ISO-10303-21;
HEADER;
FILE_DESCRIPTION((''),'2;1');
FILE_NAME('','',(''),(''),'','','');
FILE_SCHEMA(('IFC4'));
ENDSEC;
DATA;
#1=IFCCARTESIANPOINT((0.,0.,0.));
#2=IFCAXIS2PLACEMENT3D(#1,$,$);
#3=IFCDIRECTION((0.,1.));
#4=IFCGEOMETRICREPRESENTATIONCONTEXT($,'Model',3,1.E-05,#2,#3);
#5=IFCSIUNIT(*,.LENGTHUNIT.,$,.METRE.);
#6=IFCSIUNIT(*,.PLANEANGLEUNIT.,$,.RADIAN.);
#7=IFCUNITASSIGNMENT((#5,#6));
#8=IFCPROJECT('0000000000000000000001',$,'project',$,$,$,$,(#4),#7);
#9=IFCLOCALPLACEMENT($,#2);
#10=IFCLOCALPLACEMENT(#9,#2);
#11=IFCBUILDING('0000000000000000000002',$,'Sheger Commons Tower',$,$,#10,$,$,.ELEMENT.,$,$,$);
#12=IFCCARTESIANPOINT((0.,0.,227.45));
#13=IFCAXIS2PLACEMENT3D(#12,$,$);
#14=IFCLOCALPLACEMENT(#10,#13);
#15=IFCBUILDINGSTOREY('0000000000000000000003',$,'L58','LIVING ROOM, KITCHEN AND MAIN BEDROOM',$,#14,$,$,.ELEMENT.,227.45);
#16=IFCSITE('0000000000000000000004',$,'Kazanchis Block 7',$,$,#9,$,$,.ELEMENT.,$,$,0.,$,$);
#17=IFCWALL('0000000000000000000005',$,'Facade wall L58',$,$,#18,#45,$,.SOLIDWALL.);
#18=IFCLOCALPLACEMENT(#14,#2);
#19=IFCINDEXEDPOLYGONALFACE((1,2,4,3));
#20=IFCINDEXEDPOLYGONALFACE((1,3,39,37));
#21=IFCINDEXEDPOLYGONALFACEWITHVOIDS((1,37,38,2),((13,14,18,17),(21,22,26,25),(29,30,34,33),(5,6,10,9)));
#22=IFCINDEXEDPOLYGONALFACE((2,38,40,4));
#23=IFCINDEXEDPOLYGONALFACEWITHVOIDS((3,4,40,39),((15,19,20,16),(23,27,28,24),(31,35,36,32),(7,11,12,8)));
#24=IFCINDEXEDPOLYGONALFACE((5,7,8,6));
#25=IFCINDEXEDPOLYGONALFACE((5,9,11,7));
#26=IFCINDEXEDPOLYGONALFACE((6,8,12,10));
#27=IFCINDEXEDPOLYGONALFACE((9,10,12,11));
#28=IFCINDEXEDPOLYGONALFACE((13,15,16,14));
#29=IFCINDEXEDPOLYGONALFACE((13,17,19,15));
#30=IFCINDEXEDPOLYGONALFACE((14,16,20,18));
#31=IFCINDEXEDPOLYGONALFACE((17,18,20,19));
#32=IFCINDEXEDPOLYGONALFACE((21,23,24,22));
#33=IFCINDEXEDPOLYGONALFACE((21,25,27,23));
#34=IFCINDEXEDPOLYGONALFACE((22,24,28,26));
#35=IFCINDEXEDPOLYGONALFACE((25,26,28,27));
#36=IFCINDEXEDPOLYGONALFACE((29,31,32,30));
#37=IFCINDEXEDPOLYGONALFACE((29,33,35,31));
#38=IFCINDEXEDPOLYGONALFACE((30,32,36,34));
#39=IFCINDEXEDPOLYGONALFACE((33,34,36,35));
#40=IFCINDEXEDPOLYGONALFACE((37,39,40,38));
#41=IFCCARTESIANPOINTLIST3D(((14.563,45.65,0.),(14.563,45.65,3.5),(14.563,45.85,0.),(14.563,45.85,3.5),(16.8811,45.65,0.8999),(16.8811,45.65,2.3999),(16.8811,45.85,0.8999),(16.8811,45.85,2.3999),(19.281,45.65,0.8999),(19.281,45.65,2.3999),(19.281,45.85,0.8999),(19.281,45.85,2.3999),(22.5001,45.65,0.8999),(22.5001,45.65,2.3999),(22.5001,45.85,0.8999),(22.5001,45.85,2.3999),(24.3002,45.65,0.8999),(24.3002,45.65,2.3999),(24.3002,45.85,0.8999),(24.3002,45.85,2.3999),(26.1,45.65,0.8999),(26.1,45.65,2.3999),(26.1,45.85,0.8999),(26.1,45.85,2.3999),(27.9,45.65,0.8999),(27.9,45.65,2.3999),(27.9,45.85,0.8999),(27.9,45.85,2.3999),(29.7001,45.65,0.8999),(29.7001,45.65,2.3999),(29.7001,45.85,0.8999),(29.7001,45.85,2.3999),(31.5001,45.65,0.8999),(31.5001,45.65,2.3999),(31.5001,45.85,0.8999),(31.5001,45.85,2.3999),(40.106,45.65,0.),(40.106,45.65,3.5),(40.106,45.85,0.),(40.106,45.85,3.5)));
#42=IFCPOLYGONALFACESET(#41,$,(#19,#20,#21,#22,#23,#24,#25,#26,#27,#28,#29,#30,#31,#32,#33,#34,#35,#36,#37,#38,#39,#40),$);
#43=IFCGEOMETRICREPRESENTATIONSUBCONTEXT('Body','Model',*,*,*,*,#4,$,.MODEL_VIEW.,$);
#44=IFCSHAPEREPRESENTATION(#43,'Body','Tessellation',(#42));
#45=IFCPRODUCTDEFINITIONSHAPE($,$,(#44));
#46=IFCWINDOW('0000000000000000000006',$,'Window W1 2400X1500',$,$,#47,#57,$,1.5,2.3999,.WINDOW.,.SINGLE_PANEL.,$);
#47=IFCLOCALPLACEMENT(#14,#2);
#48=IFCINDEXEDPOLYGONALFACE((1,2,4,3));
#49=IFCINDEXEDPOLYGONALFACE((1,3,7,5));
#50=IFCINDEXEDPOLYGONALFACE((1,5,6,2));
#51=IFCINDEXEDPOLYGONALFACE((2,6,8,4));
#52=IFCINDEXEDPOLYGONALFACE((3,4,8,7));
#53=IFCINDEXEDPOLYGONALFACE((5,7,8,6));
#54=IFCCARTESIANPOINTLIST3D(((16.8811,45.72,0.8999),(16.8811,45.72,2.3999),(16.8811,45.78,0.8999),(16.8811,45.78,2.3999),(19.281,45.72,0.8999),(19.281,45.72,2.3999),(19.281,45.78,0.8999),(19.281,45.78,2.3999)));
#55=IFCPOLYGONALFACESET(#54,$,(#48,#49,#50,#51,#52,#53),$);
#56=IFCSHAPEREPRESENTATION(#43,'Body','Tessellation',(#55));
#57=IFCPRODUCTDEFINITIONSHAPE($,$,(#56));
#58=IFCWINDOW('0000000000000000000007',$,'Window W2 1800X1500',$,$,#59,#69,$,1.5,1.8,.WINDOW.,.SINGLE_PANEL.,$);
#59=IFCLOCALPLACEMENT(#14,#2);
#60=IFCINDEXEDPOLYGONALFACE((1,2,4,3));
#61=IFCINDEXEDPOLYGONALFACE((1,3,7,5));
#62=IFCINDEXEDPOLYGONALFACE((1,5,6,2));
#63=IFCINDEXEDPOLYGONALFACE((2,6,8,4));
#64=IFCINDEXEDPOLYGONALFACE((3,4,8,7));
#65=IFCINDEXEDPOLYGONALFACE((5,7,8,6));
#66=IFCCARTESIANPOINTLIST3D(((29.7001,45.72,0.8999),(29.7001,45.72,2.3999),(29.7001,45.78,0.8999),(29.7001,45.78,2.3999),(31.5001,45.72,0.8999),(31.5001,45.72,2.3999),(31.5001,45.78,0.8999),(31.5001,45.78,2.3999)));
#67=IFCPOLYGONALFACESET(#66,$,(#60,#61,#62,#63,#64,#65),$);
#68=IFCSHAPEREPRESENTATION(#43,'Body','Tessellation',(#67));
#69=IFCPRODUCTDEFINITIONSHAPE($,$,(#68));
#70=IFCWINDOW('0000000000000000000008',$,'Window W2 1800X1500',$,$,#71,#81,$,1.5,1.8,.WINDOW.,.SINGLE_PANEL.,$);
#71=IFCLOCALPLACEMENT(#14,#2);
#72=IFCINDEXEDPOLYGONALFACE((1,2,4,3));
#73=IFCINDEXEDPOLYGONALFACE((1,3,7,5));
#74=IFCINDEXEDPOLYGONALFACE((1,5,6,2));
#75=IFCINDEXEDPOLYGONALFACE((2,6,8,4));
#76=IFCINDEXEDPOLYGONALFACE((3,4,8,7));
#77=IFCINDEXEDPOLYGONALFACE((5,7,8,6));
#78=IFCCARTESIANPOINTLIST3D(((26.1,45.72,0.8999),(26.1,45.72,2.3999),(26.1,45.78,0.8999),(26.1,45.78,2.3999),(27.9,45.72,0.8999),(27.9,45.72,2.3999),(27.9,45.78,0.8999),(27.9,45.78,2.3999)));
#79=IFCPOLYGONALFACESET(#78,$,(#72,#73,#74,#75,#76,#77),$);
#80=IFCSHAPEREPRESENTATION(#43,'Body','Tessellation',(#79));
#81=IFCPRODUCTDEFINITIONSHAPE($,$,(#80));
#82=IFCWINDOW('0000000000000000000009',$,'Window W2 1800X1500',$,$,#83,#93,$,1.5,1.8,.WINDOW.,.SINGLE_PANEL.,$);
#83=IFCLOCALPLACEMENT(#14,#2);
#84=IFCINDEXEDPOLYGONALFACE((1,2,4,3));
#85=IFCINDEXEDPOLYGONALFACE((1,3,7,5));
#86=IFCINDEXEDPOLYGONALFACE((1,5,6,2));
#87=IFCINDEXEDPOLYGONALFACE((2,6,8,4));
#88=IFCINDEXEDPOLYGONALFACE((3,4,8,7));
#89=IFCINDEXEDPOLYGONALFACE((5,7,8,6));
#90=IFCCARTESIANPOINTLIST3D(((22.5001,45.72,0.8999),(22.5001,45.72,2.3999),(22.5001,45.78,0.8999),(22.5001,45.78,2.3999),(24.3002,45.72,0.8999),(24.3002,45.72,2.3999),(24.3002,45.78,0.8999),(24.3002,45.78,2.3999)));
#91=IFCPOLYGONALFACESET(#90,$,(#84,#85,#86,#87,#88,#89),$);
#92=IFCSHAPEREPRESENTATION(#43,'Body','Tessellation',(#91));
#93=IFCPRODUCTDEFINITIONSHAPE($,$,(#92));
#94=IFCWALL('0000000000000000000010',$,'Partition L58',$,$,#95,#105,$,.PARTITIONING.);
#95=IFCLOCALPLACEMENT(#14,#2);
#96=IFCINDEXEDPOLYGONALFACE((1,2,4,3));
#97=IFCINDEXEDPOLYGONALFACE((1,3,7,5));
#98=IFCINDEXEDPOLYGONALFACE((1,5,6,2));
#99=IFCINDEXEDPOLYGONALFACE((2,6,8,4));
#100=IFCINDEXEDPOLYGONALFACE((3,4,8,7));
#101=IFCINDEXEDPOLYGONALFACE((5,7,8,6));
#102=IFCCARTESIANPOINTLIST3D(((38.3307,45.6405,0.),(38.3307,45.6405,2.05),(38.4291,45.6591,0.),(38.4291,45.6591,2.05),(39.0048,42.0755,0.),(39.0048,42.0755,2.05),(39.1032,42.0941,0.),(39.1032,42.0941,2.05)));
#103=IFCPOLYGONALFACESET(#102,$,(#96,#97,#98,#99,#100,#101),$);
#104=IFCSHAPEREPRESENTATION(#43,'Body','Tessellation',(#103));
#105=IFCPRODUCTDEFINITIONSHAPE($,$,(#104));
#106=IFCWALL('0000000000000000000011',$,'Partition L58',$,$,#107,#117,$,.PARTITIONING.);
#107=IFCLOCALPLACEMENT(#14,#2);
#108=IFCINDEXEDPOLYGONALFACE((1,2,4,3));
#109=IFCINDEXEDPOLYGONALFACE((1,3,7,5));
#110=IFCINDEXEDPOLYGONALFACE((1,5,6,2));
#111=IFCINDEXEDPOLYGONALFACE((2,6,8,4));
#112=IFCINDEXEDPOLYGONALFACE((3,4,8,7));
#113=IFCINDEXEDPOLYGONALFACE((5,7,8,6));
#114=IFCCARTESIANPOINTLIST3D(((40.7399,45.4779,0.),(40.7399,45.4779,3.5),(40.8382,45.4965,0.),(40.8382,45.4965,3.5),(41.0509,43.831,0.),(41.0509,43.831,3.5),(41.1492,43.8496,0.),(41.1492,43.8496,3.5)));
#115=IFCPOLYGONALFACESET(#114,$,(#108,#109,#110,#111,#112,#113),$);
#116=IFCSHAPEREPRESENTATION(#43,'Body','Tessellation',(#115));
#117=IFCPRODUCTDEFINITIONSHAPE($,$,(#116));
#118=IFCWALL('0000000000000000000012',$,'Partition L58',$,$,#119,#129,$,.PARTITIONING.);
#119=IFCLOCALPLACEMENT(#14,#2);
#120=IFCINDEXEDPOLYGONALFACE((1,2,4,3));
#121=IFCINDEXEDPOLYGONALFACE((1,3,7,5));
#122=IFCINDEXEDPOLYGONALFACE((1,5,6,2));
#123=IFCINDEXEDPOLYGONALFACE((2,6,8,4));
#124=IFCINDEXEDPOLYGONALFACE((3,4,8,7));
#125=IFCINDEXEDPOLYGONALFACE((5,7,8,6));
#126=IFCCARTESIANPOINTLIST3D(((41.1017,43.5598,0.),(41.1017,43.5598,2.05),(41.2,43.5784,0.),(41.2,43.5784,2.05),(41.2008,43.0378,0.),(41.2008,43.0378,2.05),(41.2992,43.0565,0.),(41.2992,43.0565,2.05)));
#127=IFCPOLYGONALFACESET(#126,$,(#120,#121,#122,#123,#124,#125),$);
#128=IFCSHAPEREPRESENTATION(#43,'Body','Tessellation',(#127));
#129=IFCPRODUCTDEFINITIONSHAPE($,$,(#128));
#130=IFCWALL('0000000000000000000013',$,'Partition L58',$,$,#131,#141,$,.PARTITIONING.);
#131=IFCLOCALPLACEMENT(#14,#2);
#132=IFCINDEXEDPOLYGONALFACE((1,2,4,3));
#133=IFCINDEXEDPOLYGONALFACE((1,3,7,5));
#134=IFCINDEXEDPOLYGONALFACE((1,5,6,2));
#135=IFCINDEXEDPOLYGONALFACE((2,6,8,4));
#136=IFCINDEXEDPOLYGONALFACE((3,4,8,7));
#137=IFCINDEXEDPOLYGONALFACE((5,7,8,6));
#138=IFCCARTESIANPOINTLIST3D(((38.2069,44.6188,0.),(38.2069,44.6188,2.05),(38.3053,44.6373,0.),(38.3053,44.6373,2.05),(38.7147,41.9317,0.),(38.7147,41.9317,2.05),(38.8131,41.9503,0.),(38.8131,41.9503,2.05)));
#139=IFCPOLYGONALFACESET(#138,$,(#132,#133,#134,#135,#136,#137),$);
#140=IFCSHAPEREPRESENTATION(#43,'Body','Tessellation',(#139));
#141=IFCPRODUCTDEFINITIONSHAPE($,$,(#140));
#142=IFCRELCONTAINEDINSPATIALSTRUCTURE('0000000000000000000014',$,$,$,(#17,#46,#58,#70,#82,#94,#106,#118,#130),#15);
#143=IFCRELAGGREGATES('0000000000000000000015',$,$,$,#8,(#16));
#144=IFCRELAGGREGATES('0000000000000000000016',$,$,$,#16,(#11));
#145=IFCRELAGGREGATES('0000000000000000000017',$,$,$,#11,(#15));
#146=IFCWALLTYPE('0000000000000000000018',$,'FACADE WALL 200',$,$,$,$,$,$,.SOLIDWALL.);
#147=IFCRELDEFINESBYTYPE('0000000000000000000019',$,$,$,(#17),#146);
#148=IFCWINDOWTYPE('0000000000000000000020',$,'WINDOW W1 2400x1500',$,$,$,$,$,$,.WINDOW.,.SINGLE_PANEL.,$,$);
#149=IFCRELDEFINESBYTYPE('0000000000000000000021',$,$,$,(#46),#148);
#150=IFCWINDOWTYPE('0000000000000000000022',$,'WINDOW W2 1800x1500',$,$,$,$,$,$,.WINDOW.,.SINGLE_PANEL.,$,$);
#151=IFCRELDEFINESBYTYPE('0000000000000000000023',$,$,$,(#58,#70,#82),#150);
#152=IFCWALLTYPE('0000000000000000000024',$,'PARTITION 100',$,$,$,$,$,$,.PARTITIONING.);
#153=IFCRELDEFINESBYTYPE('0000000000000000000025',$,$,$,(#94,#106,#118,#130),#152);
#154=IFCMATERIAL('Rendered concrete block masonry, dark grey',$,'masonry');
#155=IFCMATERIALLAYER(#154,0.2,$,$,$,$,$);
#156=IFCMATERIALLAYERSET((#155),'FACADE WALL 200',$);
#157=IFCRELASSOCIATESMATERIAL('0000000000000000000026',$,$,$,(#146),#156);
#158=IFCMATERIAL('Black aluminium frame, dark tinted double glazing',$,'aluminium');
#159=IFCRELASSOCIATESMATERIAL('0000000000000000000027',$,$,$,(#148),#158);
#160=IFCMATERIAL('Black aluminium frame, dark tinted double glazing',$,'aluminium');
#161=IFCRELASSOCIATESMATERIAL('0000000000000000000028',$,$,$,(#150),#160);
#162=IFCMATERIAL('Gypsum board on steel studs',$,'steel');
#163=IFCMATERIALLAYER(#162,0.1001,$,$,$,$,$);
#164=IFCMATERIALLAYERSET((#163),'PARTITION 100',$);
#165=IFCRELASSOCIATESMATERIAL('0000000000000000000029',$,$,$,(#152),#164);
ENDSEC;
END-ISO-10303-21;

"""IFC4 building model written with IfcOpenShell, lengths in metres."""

from ifc_helpers import new_model, si_unit, direction, frame, frame_2d, origin, place, context, subcontext, project, spatial, rectangle, extrude, material, layer, layer_set, type_object, element, fill, save


model = new_model("IFC4")

# Units and contexts
model_context = context("Model", 3, precision=1e-05, world=origin(), true_north=direction((0.0, 1.0)))
body_context = subcontext(model_context, "Body", "Model", "MODEL_VIEW")
ifc_project = project(units=[si_unit("LENGTHUNIT", "METRE"), si_unit("PLANEANGLEUNIT", "RADIAN")], contexts=[model_context])

# Site, building, storey
site_placement = place(None, origin())
site = spatial("IfcSite", under=ifc_project, at=site_placement, Name="Kazanchis Block 7", CompositionType="ELEMENT", RefElevation=0.0)
building_placement = place(site_placement, origin())
building = spatial("IfcBuilding", under=site, at=building_placement, Name="Sheger Commons Tower", CompositionType="ELEMENT")
storey_placement = place(building_placement, frame((0.0, 0.0, 227.45)))
storey = spatial("IfcBuildingStorey", under=building, at=storey_placement, Name="L58", Description="LIVING ROOM, KITCHEN AND MAIN BEDROOM", CompositionType="ELEMENT", Elevation=227.45)

# Shared definitions
ifc_material_1 = material(Name="Rendered concrete block masonry, dark grey", Category="masonry")
ifc_layer_1 = layer(ifc_material_1, 0.2)
ifc_layer_set_1 = layer_set([ifc_layer_1], Name="FACADE WALL 200")
wall_type_1 = type_object("IfcWallType", Name="FACADE WALL 200", PredefinedType="SOLIDWALL", material=ifc_layer_set_1)

# Wall, openings, windows
wall_1_placement = place(storey_placement, frame((40.106, 45.75, 0.0), z_axis=(0.0, 0.0, 1.0), x_axis=(-1.0, 0.0, 0.0)))
wall_1 = element("IfcWall", 1, at=wall_1_placement, inside=storey, type_object=wall_type_1, Name="Facade wall L58", PredefinedType="SOLIDWALL", context=body_context, shape_type="SweptSolid", body=[
    extrude(rectangle(XDim=25.543, YDim=0.2, at=frame_2d((12.7715, 0.0))), origin(), (0.0, 0.0, 1.0), 3.5),
])
opening_1_placement = place(wall_1_placement, frame((8.606, 0.0, 0.8999)))
opening_1 = element("IfcOpeningElement", 2, at=opening_1_placement, cuts=wall_1, PredefinedType="OPENING", context=body_context, shape_type="SweptSolid", body=[
    extrude(rectangle(XDim=1.8, YDim=1.5, at=frame_2d((0.8999, 0.75))), frame((0.0, 0.1099, 0.0), z_axis=(0.0, -1.0, 0.0), x_axis=(1.0, 0.0, 0.0)), (0.0, 0.0, 1.0), 0.22),
])
opening_2_placement = place(wall_1_placement, frame((12.2061, 0.0, 0.8999)))
opening_2 = element("IfcOpeningElement", 3, at=opening_2_placement, cuts=wall_1, PredefinedType="OPENING", context=body_context, shape_type="SweptSolid", body=[
    extrude(rectangle(XDim=1.8, YDim=1.5, at=frame_2d((0.8999, 0.75))), frame((0.0, 0.1099, 0.0), z_axis=(0.0, -1.0, 0.0), x_axis=(1.0, 0.0, 0.0)), (0.0, 0.0, 1.0), 0.22),
])
opening_3_placement = place(wall_1_placement, frame((15.8059, 0.0, 0.8999)))
opening_3 = element("IfcOpeningElement", 4, at=opening_3_placement, cuts=wall_1, PredefinedType="OPENING", context=body_context, shape_type="SweptSolid", body=[
    extrude(rectangle(XDim=1.8, YDim=1.5, at=frame_2d((0.8999, 0.75))), frame((0.0, 0.1099, 0.0), z_axis=(0.0, -1.0, 0.0), x_axis=(1.0, 0.0, 0.0)), (0.0, 0.0, 1.0), 0.22),
])
opening_4_placement = place(wall_1_placement, frame((20.825, 0.0, 0.8999)))
opening_4 = element("IfcOpeningElement", 5, at=opening_4_placement, cuts=wall_1, PredefinedType="OPENING", context=body_context, shape_type="SweptSolid", body=[
    extrude(rectangle(XDim=2.3999, YDim=1.5, at=frame_2d((1.2, 0.75))), frame((0.0, 0.1099, 0.0), z_axis=(0.0, -1.0, 0.0), x_axis=(1.0, 0.0, 0.0)), (0.0, 0.0, 1.0), 0.22),
])
ifc_material_2 = material(Name="Black aluminium frame, dark tinted double glazing", Category="aluminium")
window_type_1 = type_object("IfcWindowType", Name="WINDOW W1 2400x1500", PartitioningType="SINGLE_PANEL", PredefinedType="WINDOW", material=ifc_material_2)
window_1_placement = place(opening_4_placement, origin())
window_1 = element("IfcWindow", 6, at=window_1_placement, inside=storey, type_object=window_type_1, Name="Window W1 2400X1500", OverallHeight=1.5, OverallWidth=2.3999, PartitioningType="SINGLE_PANEL", PredefinedType="WINDOW", context=body_context, shape_type="SweptSolid", body=[
    extrude(rectangle(XDim=2.3999, YDim=1.5, at=frame_2d((1.2, 0.75))), frame((0.0, 0.03, 0.0), z_axis=(0.0, -1.0, 0.0), x_axis=(1.0, 0.0, 0.0)), (0.0, 0.0, 1.0), 0.0601),
])
fill(opening_4, window_1)
ifc_material_3 = material(Name="Black aluminium frame, dark tinted double glazing", Category="aluminium")
window_type_2 = type_object("IfcWindowType", Name="WINDOW W2 1800x1500", PartitioningType="SINGLE_PANEL", PredefinedType="WINDOW", material=ifc_material_3)
window_2_placement = place(opening_1_placement, origin())
window_2 = element("IfcWindow", 7, at=window_2_placement, inside=storey, type_object=window_type_2, Name="Window W2 1800X1500", OverallHeight=1.5, OverallWidth=1.8, PartitioningType="SINGLE_PANEL", PredefinedType="WINDOW", context=body_context, shape_type="SweptSolid", body=[
    extrude(rectangle(XDim=1.8, YDim=1.5, at=frame_2d((0.8999, 0.75))), frame((0.0, 0.03, 0.0), z_axis=(0.0, -1.0, 0.0), x_axis=(1.0, 0.0, 0.0)), (0.0, 0.0, 1.0), 0.0601),
])
fill(opening_1, window_2)
window_3_placement = place(opening_2_placement, origin())
window_3 = element("IfcWindow", 8, at=window_3_placement, inside=storey, type_object=window_type_2, Name="Window W2 1800X1500", OverallHeight=1.5, OverallWidth=1.8, PartitioningType="SINGLE_PANEL", PredefinedType="WINDOW", context=body_context, shape_type="SweptSolid", body=[
    extrude(rectangle(XDim=1.8, YDim=1.5, at=frame_2d((0.8999, 0.75))), frame((0.0, 0.03, 0.0), z_axis=(0.0, -1.0, 0.0), x_axis=(1.0, 0.0, 0.0)), (0.0, 0.0, 1.0), 0.0601),
])
fill(opening_2, window_3)
window_4_placement = place(opening_3_placement, origin())
window_4 = element("IfcWindow", 9, at=window_4_placement, inside=storey, type_object=window_type_2, Name="Window W2 1800X1500", OverallHeight=1.5, OverallWidth=1.8, PartitioningType="SINGLE_PANEL", PredefinedType="WINDOW", context=body_context, shape_type="SweptSolid", body=[
    extrude(rectangle(XDim=1.8, YDim=1.5, at=frame_2d((0.8999, 0.75))), frame((0.0, 0.03, 0.0), z_axis=(0.0, -1.0, 0.0), x_axis=(1.0, 0.0, 0.0)), (0.0, 0.0, 1.0), 0.0601),
])
fill(opening_3, window_4)

# Walls
ifc_material_4 = material(Name="Gypsum board on steel studs", Category="steel")
ifc_layer_2 = layer(ifc_material_4, 0.1001)
ifc_layer_set_2 = layer_set([ifc_layer_2], Name="PARTITION 100")
wall_type_2 = type_object("IfcWallType", Name="PARTITION 100", PredefinedType="PARTITIONING", material=ifc_layer_set_2)
wall_2_placement = place(storey_placement, frame((39.054, 42.085, 0.0), z_axis=(0.0, 0.0, 1.0), x_axis=(-0.185792, 0.982589, 0.0)))
element("IfcWall", 10, at=wall_2_placement, inside=storey, type_object=wall_type_2, Name="Partition L58", PredefinedType="PARTITIONING", context=body_context, shape_type="SweptSolid", body=[
    extrude(rectangle(XDim=3.6282, YDim=0.1001, at=frame_2d((1.814, 0.0))), origin(), (0.0, 0.0, 1.0), 2.05),
])
wall_3_placement = place(storey_placement, frame((40.7891, 45.4871, 0.0), z_axis=(0.0, 0.0, 1.0), x_axis=(0.185572, -0.982631, 0.0)))
element("IfcWall", 11, at=wall_3_placement, inside=storey, type_object=wall_type_2, Name="Partition L58", PredefinedType="PARTITIONING", context=body_context, shape_type="SweptSolid", body=[
    extrude(rectangle(XDim=1.676, YDim=0.1001, at=frame_2d((0.8379, 0.0))), origin(), (0.0, 0.0, 1.0), 3.5),
])
wall_4_placement = place(storey_placement, frame((41.1509, 43.5691, 0.0), z_axis=(0.0, 0.0, 1.0), x_axis=(0.186563, -0.982443, 0.0)))
element("IfcWall", 12, at=wall_4_placement, inside=storey, type_object=wall_type_2, Name="Partition L58", PredefinedType="PARTITIONING", context=body_context, shape_type="SweptSolid", body=[
    extrude(rectangle(XDim=0.5312, YDim=0.1001, at=frame_2d((0.2656, 0.0))), origin(), (0.0, 0.0, 1.0), 2.05),
])
wall_5_placement = place(storey_placement, frame((38.2561, 44.6279, 0.0), z_axis=(0.0, 0.0, 1.0), x_axis=(0.185701, -0.982606, 0.0)))
element("IfcWall", 13, at=wall_5_placement, inside=storey, type_object=wall_type_2, Name="Partition L58", PredefinedType="PARTITIONING", context=body_context, shape_type="SweptSolid", body=[
    extrude(rectangle(XDim=2.7346, YDim=0.1001, at=frame_2d((1.3672, 0.0))), origin(), (0.0, 0.0, 1.0), 2.05),
])

save(model, "model.ifc")
